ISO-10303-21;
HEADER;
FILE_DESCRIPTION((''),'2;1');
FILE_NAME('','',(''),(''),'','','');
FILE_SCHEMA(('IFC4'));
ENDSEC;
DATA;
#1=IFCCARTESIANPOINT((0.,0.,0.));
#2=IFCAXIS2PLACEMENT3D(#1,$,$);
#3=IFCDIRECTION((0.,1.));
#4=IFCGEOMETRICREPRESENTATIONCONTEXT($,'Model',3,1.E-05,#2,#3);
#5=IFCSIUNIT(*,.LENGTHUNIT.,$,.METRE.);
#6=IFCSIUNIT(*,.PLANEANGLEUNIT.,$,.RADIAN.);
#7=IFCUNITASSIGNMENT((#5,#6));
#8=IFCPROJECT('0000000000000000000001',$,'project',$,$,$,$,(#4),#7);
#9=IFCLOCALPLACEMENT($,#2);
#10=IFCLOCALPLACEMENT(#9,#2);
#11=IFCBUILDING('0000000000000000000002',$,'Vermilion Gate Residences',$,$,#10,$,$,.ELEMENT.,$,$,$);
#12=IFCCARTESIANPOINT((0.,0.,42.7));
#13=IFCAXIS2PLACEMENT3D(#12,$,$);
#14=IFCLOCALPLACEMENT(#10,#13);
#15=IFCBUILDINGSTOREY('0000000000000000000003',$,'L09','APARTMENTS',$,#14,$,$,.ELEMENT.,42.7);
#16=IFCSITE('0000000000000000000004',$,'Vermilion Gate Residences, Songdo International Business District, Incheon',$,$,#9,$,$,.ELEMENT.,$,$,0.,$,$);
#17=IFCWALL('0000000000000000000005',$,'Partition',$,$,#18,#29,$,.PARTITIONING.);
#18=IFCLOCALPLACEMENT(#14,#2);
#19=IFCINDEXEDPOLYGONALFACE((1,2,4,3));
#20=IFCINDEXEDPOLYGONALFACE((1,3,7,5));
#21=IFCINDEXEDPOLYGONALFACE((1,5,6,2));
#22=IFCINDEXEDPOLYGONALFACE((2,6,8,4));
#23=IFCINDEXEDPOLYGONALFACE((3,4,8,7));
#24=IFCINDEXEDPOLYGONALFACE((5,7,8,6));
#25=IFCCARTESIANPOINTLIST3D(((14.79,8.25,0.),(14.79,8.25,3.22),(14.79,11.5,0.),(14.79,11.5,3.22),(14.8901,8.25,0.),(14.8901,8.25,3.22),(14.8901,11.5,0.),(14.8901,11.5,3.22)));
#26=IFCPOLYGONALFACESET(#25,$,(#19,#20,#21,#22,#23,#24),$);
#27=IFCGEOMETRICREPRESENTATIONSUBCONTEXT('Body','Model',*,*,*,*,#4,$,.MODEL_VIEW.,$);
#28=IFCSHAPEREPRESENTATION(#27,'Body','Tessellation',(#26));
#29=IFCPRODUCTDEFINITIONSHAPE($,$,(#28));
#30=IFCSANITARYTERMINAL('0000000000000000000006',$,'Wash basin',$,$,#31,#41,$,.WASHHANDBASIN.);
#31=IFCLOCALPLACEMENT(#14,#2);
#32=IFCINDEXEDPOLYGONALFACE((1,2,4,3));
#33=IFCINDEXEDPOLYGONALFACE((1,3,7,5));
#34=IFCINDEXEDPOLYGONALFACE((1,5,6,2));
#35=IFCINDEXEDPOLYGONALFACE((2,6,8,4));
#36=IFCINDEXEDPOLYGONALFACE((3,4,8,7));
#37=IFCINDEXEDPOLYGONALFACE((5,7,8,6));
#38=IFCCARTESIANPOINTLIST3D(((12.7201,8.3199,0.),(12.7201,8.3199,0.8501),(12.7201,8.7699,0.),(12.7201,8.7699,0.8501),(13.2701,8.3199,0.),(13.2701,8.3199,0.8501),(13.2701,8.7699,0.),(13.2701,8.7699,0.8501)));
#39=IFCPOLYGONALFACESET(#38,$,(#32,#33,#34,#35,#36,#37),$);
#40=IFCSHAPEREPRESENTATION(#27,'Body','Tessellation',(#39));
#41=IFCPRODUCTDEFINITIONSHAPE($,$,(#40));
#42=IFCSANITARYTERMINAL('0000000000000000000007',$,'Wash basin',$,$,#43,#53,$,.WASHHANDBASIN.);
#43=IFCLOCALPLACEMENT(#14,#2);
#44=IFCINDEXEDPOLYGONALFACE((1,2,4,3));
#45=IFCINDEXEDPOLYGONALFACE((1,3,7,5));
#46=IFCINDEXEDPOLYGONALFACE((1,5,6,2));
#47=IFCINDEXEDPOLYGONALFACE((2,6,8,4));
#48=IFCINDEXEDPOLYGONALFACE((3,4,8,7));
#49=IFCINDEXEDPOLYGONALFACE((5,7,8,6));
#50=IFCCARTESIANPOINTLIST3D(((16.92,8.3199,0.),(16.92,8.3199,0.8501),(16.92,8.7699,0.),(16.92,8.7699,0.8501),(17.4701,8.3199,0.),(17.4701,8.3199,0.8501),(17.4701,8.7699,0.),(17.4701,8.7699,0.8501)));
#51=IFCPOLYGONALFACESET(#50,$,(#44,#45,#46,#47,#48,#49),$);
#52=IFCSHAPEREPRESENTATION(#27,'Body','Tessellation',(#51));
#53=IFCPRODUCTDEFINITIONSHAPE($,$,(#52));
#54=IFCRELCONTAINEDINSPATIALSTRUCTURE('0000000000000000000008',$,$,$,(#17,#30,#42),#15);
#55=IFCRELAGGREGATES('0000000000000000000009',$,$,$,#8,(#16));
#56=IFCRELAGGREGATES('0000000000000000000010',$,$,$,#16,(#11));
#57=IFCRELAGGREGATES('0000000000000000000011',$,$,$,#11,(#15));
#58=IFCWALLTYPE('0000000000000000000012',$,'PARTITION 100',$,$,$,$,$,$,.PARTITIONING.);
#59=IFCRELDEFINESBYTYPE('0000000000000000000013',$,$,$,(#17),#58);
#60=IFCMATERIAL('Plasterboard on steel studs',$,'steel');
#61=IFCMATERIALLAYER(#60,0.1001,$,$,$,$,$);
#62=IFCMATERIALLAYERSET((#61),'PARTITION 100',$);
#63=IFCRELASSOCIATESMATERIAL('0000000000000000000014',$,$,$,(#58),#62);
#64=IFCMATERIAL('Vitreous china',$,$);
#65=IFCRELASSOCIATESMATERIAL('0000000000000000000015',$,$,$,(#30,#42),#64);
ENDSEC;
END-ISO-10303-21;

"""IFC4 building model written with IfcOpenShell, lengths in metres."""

from ifc_helpers import new_model, si_unit, direction, frame, frame_2d, origin, origin_2d, place, context, subcontext, project, spatial, rectangle, extrude, material, layer, layer_set, type_object, element, save


model = new_model("IFC4")

# Units and contexts
model_context = context("Model", 3, precision=1e-05, world=origin(), true_north=direction((0.0, 1.0)))
body_context = subcontext(model_context, "Body", "Model", "MODEL_VIEW")
ifc_project = project(units=[si_unit("LENGTHUNIT", "METRE"), si_unit("PLANEANGLEUNIT", "RADIAN")], contexts=[model_context])

# Site, building, storey
site_placement = place(None, origin())
site = spatial("IfcSite", under=ifc_project, at=site_placement, Name="Vermilion Gate Residences, Songdo International Business District, Incheon", CompositionType="ELEMENT", RefElevation=0.0)
building_placement = place(site_placement, origin())
building = spatial("IfcBuilding", under=site, at=building_placement, Name="Vermilion Gate Residences", CompositionType="ELEMENT")
storey_placement = place(building_placement, frame((0.0, 0.0, 42.7)))
storey = spatial("IfcBuildingStorey", under=building, at=storey_placement, Name="L09", Description="APARTMENTS", CompositionType="ELEMENT", Elevation=42.7)

# Shared definitions
ifc_material_1 = material(Name="Plasterboard on steel studs", Category="steel")
ifc_layer = layer(ifc_material_1, 0.1001)
ifc_layer_set = layer_set([ifc_layer], Name="PARTITION 100")
wall_type = type_object("IfcWallType", Name="PARTITION 100", PredefinedType="PARTITIONING", material=ifc_layer_set)

# Wall
wall_1_placement = place(storey_placement, frame((14.8401, 8.25, 0.0), z_axis=(0.0, 0.0, 1.0), x_axis=(0.0, 1.0, 0.0)))
element("IfcWall", 1, at=wall_1_placement, inside=storey, type_object=wall_type, Name="Partition", PredefinedType="PARTITIONING", context=body_context, shape_type="SweptSolid", body=[
    extrude(rectangle(XDim=3.25, YDim=0.1001, at=frame_2d((1.625, 0.0))), origin(), (0.0, 0.0, 1.0), 3.22),
])

# Sanitary terminals
ifc_material_2 = material(Name="Vitreous china")
for number, where, z_axis, x_axis, name in (
    (2, (12.9951, 8.5449, 0.0), (0.0, 0.0, 1.0), (1.0, 0.0, 0.0), "Wash basin"),
    (3, (17.1951, 8.5449, 0.0), (0.0, 0.0, 1.0), (1.0, 0.0, 0.0), "Wash basin"),
):
    element("IfcSanitaryTerminal", number, at=place(storey_placement, frame(where, z_axis=z_axis, x_axis=x_axis)), inside=storey, material=ifc_material_2, Name=name, PredefinedType="WASHHANDBASIN", context=body_context, shape_type="SweptSolid", body=[
        extrude(rectangle(XDim=0.55, YDim=0.45, at=origin_2d()), origin(), (0.0, 0.0, 1.0), 0.8501),
    ])

save(model, "model.ifc")
